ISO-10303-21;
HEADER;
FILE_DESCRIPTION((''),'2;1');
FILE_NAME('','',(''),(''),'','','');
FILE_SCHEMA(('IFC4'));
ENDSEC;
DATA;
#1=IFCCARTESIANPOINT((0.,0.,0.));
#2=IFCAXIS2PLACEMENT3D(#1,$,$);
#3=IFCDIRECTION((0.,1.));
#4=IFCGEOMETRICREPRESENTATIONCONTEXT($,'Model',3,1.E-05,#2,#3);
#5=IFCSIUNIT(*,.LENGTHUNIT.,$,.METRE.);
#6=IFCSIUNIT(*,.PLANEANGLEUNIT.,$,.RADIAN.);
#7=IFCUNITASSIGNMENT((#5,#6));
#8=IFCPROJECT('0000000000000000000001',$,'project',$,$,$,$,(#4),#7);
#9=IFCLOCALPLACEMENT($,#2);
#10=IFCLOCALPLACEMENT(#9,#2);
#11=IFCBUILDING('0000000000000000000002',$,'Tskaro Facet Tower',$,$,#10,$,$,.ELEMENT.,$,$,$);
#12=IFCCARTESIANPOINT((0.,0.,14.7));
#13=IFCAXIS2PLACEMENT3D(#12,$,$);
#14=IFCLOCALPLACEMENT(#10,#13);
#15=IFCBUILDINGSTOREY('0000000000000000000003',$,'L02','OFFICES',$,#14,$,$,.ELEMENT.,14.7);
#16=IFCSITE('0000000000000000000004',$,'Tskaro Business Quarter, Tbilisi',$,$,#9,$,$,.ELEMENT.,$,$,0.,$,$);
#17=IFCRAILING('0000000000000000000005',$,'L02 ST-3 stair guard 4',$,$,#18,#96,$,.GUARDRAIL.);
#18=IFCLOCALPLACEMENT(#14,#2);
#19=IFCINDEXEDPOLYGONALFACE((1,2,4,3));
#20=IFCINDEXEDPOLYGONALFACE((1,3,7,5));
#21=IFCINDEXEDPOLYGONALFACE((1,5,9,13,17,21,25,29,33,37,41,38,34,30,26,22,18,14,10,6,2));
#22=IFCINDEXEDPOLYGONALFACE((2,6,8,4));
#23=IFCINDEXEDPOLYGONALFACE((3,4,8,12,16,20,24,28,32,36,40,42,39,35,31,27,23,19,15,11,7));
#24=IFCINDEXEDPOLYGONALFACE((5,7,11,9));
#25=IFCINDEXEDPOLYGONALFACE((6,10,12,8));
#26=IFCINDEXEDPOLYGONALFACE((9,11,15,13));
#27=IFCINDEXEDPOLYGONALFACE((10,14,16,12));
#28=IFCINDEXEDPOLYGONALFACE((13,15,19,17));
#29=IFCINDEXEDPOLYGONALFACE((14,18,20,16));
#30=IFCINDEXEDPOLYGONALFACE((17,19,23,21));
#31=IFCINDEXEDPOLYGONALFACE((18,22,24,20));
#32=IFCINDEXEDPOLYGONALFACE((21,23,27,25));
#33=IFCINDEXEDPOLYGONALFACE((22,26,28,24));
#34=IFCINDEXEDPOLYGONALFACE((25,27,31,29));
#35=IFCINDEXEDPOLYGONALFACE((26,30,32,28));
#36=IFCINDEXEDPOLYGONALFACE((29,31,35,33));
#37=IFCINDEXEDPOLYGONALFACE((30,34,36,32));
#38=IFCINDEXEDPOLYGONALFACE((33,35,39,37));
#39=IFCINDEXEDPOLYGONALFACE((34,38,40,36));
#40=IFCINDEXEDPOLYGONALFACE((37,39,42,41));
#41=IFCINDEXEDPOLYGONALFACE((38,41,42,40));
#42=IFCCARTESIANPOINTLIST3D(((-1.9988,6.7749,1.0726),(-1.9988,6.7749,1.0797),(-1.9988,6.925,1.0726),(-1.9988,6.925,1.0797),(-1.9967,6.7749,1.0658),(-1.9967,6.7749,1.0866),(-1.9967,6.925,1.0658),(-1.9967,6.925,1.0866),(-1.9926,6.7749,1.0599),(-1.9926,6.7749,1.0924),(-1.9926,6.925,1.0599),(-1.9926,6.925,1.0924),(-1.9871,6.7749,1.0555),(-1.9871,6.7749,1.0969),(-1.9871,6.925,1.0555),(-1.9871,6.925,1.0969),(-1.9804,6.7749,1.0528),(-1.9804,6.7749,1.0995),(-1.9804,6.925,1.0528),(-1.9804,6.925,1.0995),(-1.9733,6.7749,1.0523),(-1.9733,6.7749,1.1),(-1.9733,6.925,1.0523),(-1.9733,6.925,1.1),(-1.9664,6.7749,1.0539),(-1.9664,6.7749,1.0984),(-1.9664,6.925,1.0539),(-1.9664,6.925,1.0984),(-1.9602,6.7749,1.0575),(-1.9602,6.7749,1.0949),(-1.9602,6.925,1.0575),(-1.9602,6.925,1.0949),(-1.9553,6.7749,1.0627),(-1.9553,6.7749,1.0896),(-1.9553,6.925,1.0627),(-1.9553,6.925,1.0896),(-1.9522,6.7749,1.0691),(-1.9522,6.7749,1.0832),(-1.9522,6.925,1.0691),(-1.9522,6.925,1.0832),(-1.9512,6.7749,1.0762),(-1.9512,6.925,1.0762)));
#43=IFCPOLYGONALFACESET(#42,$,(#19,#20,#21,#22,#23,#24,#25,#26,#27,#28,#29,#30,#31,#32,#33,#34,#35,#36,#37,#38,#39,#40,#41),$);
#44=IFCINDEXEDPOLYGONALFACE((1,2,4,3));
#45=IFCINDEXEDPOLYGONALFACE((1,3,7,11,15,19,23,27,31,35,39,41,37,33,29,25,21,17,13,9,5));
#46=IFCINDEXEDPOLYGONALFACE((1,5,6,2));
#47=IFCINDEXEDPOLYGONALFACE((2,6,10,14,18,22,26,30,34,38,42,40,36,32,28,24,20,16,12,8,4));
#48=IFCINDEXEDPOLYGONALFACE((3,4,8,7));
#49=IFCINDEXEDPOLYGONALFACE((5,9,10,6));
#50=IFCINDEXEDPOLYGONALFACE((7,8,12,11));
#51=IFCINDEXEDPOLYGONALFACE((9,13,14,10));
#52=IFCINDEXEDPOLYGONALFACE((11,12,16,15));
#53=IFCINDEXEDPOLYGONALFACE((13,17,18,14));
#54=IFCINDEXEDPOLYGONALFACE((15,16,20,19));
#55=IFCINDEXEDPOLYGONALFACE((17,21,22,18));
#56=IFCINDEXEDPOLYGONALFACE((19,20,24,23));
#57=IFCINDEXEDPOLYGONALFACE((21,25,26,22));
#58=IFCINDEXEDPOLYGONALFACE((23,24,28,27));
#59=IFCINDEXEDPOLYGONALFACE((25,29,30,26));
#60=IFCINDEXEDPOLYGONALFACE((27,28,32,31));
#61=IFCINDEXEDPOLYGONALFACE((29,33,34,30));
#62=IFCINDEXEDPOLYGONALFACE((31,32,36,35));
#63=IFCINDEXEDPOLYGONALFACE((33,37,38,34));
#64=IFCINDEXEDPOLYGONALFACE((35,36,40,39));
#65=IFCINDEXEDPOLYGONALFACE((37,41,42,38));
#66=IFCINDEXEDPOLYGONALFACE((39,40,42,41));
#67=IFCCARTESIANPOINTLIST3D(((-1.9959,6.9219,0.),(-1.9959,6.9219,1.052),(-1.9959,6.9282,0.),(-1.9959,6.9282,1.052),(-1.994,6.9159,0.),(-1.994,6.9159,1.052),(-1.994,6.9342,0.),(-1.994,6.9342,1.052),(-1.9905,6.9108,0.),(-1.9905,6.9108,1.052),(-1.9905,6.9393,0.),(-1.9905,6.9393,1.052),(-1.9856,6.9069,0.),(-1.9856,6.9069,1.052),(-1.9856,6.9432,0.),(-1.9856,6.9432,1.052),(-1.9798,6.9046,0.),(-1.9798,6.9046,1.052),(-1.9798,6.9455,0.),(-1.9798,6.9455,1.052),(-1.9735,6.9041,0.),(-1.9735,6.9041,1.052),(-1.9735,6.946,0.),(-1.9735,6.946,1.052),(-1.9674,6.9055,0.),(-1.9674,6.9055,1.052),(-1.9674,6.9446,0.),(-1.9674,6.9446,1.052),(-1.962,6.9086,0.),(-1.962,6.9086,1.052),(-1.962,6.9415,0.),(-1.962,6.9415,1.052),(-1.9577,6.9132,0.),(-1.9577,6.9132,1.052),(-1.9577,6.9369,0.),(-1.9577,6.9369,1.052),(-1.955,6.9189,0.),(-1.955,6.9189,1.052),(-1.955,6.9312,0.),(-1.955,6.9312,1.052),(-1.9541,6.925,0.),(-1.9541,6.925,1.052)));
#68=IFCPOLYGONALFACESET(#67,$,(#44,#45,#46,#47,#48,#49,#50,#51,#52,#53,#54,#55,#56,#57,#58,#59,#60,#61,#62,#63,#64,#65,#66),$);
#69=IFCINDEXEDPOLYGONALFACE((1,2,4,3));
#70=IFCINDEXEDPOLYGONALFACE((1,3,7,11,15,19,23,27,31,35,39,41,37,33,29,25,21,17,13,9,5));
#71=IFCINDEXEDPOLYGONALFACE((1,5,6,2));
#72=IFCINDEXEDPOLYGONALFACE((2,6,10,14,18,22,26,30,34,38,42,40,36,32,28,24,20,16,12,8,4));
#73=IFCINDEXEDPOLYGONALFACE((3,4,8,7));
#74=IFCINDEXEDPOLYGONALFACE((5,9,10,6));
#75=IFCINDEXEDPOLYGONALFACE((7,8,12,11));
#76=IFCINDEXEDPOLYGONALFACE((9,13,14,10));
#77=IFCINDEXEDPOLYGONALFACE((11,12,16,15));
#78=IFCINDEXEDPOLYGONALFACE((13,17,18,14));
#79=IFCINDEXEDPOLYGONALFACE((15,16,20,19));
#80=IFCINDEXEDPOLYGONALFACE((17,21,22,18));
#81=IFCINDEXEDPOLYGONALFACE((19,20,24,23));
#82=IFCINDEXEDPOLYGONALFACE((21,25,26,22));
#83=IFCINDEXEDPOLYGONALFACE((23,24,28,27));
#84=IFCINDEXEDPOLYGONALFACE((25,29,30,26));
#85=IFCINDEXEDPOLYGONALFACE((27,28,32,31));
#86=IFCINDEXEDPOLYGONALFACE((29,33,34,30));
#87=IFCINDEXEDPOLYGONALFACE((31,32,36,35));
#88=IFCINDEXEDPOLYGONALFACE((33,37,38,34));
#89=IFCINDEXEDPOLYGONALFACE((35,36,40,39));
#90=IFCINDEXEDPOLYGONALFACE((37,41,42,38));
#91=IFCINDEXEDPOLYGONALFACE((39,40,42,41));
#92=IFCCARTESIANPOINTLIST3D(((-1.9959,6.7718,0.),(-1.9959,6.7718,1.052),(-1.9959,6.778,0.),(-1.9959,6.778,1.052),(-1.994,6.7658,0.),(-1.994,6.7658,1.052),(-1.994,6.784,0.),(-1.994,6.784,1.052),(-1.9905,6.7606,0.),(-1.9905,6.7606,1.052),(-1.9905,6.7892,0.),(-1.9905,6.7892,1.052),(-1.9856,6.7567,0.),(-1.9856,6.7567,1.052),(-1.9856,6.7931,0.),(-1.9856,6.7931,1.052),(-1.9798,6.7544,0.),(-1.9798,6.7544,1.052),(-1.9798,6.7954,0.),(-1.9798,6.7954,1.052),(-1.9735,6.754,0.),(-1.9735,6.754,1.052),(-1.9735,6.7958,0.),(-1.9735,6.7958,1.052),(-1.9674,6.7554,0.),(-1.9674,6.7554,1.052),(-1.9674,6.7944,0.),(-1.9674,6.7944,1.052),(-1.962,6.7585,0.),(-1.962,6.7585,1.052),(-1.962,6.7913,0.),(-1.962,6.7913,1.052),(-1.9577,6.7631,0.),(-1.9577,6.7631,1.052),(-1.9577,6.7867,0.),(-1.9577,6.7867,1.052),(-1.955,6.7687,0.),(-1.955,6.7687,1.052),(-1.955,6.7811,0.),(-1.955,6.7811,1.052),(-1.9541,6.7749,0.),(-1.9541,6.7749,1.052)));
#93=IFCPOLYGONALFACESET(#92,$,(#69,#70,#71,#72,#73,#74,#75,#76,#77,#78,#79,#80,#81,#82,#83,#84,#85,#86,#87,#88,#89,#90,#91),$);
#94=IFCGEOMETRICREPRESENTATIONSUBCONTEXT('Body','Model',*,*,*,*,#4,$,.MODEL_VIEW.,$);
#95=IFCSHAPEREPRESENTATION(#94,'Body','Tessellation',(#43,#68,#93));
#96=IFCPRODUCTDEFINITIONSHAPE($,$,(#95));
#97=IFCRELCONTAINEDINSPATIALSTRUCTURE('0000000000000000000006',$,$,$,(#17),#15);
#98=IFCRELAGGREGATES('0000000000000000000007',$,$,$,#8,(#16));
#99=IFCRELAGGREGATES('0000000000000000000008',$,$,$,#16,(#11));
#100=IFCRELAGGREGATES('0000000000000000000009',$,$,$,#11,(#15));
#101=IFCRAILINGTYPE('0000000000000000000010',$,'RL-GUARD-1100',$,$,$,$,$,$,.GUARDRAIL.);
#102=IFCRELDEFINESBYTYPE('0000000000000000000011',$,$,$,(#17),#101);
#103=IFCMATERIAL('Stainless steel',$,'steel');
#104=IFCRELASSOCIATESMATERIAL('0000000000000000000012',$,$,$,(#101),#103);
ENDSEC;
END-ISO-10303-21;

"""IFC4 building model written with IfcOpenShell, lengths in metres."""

from ifc_helpers import new_model, si_unit, direction, frame, origin, origin_2d, place, context, subcontext, project, spatial, circle, extrude, material, type_object, element, save


model = new_model("IFC4")

# Units and contexts
model_context = context("Model", 3, precision=1e-05, world=origin(), true_north=direction((0.0, 1.0)))
body_context = subcontext(model_context, "Body", "Model", "MODEL_VIEW")
ifc_project = project(units=[si_unit("LENGTHUNIT", "METRE"), si_unit("PLANEANGLEUNIT", "RADIAN")], contexts=[model_context])

# Site, building, storey
site_placement = place(None, origin())
site = spatial("IfcSite", under=ifc_project, at=site_placement, Name="Tskaro Business Quarter, Tbilisi", CompositionType="ELEMENT", RefElevation=0.0)
building_placement = place(site_placement, origin())
building = spatial("IfcBuilding", under=site, at=building_placement, Name="Tskaro Facet Tower", CompositionType="ELEMENT")
storey_placement = place(building_placement, frame((0.0, 0.0, 14.7)))
storey = spatial("IfcBuildingStorey", under=building, at=storey_placement, Name="L02", Description="OFFICES", CompositionType="ELEMENT", Elevation=14.7)

# Railing
ifc_material_1 = material(Name="Stainless steel", Category="steel")
railing_type = type_object("IfcRailingType", Name="RL-GUARD-1100", PredefinedType="GUARDRAIL", material=ifc_material_1)
railing_placement = place(storey_placement, frame((-1.9751, 6.925, 0.0)))
element("IfcRailing", 1, at=railing_placement, inside=storey, type_object=railing_type, Name="L02 ST-3 stair guard 4", PredefinedType="GUARDRAIL", context=body_context, shape_type="SweptSolid", body=[
    extrude(circle(Radius=0.0239, at=origin_2d()), frame((0.0, 0.0, 1.0762), z_axis=(0.0, -1.0, 0.0), x_axis=(1.0, 0.0, 0.0)), (0.0, 0.0, 1.0), 0.1501),
    extrude(circle(Radius=0.021, at=origin_2d()), origin(), (0.0, 0.0, 1.0), 1.052),
    extrude(circle(Radius=0.021, at=origin_2d()), frame((0.0, -0.1501, 0.0)), (0.0, 0.0, 1.0), 1.052),
])

save(model, "model.ifc")
